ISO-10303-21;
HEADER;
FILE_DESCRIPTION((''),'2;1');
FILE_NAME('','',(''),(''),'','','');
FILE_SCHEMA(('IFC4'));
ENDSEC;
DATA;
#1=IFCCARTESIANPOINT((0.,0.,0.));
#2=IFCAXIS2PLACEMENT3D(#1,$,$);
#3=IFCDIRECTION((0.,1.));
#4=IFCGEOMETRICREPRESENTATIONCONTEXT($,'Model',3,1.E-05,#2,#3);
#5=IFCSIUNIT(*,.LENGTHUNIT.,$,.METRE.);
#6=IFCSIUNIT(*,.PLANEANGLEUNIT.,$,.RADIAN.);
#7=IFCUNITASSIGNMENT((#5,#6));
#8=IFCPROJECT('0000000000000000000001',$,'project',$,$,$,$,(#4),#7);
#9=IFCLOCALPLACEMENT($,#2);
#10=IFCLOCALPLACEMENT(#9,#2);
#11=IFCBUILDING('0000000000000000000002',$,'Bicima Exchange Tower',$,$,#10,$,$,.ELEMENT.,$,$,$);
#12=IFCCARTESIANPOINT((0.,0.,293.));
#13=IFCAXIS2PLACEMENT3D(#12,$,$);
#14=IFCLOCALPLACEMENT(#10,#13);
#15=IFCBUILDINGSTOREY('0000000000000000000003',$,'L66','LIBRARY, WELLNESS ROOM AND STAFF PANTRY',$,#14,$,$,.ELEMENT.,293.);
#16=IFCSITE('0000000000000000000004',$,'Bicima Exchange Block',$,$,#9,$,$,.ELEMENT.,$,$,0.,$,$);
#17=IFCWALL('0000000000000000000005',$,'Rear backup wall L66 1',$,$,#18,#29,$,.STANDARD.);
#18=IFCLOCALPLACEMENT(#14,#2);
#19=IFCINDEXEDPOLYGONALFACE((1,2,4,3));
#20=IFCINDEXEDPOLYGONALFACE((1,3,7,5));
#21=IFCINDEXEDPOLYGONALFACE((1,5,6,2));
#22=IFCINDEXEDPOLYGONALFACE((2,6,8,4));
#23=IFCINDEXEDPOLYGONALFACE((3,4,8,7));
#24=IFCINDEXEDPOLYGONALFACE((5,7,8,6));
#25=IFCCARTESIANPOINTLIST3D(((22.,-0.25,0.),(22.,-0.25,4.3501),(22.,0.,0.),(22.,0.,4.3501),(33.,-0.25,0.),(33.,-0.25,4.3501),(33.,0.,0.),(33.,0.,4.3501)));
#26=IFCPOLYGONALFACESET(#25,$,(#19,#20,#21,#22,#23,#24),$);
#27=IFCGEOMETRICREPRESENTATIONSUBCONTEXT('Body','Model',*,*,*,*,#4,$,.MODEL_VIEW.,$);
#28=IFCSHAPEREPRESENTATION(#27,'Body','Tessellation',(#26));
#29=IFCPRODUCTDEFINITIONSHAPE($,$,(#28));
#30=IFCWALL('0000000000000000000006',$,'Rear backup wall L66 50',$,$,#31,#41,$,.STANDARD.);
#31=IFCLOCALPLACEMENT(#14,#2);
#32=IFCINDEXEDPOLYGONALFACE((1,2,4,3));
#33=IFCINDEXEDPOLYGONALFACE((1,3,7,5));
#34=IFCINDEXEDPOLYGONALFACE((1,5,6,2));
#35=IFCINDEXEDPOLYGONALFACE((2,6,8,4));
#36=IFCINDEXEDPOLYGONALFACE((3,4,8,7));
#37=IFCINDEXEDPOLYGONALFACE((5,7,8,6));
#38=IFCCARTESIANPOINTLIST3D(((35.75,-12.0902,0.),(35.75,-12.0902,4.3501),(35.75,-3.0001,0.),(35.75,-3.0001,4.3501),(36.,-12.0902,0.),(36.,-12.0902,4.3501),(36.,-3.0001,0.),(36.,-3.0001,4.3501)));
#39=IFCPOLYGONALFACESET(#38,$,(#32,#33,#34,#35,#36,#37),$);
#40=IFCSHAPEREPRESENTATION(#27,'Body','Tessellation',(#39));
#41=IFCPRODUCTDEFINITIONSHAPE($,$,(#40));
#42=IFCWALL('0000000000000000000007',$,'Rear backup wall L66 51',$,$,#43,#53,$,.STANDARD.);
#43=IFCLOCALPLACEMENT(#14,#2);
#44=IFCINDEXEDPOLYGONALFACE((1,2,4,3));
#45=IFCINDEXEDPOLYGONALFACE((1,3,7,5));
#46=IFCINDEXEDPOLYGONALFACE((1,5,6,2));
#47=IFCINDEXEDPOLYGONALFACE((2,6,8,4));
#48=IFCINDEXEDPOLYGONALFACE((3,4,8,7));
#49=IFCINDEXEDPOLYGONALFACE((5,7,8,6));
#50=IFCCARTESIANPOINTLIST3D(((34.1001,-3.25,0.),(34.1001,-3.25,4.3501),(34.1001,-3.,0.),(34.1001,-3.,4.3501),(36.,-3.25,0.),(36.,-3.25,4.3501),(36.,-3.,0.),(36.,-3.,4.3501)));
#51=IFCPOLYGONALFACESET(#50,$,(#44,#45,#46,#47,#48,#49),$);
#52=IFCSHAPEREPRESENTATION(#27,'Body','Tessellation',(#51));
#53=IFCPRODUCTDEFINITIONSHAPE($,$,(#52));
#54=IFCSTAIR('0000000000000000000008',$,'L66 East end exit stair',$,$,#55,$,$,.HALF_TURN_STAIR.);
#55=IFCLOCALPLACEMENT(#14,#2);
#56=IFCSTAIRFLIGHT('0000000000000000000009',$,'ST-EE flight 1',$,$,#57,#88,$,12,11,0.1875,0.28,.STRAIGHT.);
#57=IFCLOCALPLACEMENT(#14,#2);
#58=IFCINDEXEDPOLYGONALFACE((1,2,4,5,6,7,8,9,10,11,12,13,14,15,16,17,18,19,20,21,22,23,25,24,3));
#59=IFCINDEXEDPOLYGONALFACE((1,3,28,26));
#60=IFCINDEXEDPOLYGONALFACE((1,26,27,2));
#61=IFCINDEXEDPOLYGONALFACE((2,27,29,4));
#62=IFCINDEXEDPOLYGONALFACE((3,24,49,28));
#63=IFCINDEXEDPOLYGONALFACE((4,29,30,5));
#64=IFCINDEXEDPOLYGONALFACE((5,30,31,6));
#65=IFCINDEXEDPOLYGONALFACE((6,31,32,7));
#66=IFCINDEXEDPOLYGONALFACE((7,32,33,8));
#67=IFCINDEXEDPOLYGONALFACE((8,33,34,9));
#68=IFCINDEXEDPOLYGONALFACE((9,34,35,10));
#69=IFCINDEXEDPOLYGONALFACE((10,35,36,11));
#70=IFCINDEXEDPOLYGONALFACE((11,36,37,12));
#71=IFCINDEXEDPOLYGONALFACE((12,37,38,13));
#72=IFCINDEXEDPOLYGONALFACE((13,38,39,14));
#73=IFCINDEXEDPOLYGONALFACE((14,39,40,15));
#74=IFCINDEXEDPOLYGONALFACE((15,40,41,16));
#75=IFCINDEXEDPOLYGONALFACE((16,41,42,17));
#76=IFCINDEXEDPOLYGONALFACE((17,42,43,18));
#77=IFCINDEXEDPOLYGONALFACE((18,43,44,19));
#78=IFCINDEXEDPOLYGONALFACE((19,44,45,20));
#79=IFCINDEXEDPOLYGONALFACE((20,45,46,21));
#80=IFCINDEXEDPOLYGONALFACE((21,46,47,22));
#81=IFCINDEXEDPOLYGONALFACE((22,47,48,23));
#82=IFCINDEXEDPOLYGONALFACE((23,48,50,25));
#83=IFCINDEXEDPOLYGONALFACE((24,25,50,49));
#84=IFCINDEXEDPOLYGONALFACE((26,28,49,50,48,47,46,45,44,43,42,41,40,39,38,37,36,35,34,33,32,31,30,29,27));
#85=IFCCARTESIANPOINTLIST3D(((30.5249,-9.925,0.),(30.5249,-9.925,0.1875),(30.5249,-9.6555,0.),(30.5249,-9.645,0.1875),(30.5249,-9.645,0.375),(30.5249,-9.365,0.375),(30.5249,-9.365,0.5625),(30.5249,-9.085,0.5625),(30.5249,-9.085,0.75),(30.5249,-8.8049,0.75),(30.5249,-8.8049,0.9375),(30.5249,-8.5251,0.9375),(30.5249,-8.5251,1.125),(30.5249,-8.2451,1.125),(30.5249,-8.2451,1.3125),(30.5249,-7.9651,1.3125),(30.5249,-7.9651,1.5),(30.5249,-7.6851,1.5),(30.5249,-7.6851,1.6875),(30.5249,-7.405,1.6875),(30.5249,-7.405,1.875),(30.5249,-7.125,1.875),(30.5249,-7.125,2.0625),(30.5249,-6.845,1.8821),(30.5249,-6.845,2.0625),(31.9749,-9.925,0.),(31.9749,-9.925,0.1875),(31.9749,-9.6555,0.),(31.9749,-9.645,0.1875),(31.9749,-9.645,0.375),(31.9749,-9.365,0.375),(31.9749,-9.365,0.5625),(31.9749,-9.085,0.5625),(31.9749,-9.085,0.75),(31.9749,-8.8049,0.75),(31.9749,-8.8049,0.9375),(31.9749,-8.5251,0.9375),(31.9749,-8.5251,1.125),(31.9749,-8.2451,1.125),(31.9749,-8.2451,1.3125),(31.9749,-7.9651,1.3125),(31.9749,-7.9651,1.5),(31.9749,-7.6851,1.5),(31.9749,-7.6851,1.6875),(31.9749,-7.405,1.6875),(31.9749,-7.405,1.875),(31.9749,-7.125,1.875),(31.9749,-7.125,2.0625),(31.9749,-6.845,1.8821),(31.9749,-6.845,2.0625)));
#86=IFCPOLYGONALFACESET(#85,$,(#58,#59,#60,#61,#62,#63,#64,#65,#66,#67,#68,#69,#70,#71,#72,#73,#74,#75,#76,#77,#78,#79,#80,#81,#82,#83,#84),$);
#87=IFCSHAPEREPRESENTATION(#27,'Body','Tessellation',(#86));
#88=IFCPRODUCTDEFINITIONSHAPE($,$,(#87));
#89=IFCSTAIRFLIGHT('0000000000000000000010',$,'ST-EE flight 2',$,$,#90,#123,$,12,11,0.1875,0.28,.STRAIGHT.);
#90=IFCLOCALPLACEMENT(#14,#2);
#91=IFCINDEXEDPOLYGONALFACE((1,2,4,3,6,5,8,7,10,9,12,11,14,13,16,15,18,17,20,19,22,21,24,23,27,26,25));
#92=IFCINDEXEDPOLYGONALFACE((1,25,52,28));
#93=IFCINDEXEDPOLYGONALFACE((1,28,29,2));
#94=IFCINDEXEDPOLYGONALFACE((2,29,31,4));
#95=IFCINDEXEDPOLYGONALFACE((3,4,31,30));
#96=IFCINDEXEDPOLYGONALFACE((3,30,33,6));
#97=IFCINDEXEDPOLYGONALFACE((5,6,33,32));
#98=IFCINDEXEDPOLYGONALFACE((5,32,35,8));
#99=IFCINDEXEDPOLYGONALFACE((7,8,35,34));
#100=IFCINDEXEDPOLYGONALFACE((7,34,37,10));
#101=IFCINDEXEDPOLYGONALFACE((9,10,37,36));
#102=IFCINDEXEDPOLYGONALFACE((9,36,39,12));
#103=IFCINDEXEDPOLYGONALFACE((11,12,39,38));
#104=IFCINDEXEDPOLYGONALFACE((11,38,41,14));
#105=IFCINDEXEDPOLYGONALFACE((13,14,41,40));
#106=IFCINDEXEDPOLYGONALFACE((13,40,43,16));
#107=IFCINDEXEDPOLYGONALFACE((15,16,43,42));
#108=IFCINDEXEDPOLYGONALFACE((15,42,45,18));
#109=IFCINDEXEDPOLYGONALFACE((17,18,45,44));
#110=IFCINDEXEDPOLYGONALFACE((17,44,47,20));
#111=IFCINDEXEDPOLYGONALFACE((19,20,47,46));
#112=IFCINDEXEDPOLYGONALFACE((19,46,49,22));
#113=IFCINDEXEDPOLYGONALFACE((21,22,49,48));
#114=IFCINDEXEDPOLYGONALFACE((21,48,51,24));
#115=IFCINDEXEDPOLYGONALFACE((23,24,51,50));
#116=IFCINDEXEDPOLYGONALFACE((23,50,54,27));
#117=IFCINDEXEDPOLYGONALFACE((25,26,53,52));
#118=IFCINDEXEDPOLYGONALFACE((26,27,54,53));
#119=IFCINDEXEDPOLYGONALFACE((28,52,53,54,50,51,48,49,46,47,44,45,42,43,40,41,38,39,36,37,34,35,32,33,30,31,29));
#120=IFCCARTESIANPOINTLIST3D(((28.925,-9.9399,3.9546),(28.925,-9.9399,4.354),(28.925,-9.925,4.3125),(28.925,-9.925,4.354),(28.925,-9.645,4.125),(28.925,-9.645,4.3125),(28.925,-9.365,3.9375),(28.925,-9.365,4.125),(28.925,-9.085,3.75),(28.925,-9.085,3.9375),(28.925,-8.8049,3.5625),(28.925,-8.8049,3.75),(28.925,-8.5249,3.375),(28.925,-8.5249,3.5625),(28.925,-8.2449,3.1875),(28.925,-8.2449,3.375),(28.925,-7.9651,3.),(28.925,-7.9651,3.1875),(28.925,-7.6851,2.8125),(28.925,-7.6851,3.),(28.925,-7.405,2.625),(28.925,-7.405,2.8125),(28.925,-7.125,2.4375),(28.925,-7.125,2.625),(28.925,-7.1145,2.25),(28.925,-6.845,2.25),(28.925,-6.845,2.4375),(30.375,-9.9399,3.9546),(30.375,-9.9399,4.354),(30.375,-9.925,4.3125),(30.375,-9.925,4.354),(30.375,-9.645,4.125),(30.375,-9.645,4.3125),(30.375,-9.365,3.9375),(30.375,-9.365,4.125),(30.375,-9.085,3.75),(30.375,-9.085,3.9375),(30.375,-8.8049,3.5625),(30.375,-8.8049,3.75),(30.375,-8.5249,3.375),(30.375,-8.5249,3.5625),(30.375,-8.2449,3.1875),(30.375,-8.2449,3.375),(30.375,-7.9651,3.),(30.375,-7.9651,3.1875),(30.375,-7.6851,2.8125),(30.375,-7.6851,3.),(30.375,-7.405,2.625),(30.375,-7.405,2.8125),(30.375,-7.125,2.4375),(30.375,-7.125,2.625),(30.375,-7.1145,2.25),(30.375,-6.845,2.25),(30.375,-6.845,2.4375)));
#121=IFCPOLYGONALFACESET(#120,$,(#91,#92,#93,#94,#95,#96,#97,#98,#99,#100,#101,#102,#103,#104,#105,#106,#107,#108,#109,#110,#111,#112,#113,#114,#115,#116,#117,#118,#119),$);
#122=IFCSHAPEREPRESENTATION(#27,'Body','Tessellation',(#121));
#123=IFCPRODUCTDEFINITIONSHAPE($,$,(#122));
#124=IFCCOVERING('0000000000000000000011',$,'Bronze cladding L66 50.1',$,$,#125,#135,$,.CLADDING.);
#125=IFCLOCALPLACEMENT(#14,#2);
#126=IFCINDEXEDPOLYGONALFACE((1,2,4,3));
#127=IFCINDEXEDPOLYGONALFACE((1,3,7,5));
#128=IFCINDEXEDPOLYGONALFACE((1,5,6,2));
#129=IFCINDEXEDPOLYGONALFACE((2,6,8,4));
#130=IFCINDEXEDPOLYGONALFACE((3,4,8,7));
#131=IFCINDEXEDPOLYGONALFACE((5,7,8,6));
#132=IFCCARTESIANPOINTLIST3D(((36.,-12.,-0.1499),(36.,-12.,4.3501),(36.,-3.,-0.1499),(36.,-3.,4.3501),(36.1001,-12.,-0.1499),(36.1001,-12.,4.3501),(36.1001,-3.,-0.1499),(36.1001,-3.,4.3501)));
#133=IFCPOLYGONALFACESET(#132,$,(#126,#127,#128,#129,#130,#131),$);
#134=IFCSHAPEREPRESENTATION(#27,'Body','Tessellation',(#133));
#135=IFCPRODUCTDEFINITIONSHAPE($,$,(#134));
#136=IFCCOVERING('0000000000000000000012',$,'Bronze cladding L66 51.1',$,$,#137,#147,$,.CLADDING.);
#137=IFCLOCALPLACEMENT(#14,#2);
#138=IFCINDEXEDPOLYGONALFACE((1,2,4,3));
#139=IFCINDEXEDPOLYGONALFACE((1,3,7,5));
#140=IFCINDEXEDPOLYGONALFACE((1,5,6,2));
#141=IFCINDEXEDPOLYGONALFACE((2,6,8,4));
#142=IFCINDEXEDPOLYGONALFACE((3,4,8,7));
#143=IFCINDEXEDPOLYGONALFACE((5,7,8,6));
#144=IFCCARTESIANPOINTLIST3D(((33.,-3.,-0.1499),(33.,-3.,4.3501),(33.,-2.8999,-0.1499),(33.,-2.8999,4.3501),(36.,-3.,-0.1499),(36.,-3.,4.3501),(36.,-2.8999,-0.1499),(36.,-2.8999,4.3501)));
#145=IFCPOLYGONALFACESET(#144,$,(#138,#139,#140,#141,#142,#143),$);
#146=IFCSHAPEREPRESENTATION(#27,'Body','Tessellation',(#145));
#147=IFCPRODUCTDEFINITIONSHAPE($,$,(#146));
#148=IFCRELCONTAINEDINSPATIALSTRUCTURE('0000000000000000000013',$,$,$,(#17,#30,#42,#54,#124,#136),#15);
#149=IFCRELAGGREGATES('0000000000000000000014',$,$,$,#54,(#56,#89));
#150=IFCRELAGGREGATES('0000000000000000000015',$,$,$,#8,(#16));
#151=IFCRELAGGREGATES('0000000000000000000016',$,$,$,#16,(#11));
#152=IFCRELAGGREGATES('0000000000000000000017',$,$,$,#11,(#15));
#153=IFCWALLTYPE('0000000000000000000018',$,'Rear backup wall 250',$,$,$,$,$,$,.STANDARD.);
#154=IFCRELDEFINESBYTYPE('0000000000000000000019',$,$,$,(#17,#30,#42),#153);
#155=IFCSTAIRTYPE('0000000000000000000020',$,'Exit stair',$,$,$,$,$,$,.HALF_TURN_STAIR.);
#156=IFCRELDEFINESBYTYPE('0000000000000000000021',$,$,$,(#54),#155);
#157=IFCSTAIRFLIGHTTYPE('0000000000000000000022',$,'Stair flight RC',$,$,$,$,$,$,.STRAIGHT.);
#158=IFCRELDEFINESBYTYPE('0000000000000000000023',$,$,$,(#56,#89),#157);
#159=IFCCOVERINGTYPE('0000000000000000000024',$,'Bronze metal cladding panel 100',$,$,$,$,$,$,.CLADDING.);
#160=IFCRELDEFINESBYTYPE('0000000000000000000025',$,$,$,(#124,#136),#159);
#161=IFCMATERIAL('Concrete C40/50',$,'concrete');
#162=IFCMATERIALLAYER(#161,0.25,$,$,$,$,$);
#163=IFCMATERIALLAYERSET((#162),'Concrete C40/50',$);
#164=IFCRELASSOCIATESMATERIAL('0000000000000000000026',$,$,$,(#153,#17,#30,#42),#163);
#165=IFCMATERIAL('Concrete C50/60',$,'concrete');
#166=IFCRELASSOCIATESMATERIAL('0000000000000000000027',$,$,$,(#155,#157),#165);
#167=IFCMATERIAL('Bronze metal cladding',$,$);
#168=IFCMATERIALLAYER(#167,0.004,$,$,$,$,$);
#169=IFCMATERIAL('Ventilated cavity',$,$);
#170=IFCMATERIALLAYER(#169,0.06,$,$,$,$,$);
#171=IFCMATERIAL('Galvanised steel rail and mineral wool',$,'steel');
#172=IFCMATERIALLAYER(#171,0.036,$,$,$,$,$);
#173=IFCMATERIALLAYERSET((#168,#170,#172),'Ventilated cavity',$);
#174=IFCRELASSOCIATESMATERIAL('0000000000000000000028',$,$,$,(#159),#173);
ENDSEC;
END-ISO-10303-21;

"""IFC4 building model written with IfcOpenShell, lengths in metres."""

from ifc_helpers import new_model, si_unit, direction, frame, frame_2d, origin, origin_2d, place, context, subcontext, project, spatial, polyline, rectangle, outline, extrude, material, layer, layer_set, layer_usage, type_object, element, aggregate, save


model = new_model("IFC4")

# Units and contexts
model_context = context("Model", 3, precision=1e-05, world=origin(), true_north=direction((0.0, 1.0)))
body_context = subcontext(model_context, "Body", "Model", "MODEL_VIEW")
ifc_project = project(units=[si_unit("LENGTHUNIT", "METRE"), si_unit("PLANEANGLEUNIT", "RADIAN")], contexts=[model_context])

# Site, building, storey
site_placement = place(None, origin())
site = spatial("IfcSite", under=ifc_project, at=site_placement, Name="Bicima Exchange Block", CompositionType="ELEMENT", RefElevation=0.0)
building_placement = place(site_placement, origin())
building = spatial("IfcBuilding", under=site, at=building_placement, Name="Bicima Exchange Tower", CompositionType="ELEMENT")
storey_placement = place(building_placement, frame((0.0, 0.0, 293.0)))
storey = spatial("IfcBuildingStorey", under=building, at=storey_placement, Name="L66", Description="LIBRARY, WELLNESS ROOM AND STAFF PANTRY", CompositionType="ELEMENT", Elevation=293.0)

# Walls
ifc_material_1 = material(Name="Concrete C50/60", Category="concrete")
ifc_material_2 = material(Name="Concrete C40/50", Category="concrete")
ifc_layer_1 = layer(ifc_material_2, 0.25)
ifc_layer_set_1 = layer_set([ifc_layer_1], Name="Concrete C40/50")
ifc_layer_usage = layer_usage(ifc_layer_set_1, "AXIS2", "POSITIVE", -0.125)
wall_type_1 = type_object("IfcWallType", Name="Rear backup wall 250", PredefinedType="STANDARD", material=ifc_layer_set_1)
wall_1_placement = place(storey_placement, frame((33.0, -0.125, 0.0), z_axis=(0.0, 0.0, 1.0), x_axis=(-1.0, 0.0, 0.0)))
element("IfcWall", 1, at=wall_1_placement, inside=storey, type_object=wall_type_1, material=ifc_layer_usage, Name="Rear backup wall L66 1", PredefinedType="STANDARD", context=body_context, shape_type="SweptSolid", body=[
    extrude(rectangle(XDim=11.0, YDim=0.25, at=frame_2d((5.5, 0.0))), origin(), (0.0, 0.0, 1.0), 4.3501),
])
wall_2_placement = place(storey_placement, frame((35.875, -12.0901, 0.0), z_axis=(0.0, 0.0, 1.0), x_axis=(0.0, 1.0, 0.0)))
element("IfcWall", 2, at=wall_2_placement, inside=storey, type_object=wall_type_1, material=ifc_layer_usage, Name="Rear backup wall L66 50", PredefinedType="STANDARD", context=body_context, shape_type="SweptSolid", body=[
    extrude(rectangle(XDim=9.0901, YDim=0.25, at=frame_2d((4.5449, 0.0))), origin(), (0.0, 0.0, 1.0), 4.3501),
])
wall_3_placement = place(storey_placement, frame((36.0, -3.125, 0.0), z_axis=(0.0, 0.0, 1.0), x_axis=(-1.0, 0.0, 0.0)))
element("IfcWall", 3, at=wall_3_placement, inside=storey, type_object=wall_type_1, material=ifc_layer_usage, Name="Rear backup wall L66 51", PredefinedType="STANDARD", context=body_context, shape_type="SweptSolid", body=[
    extrude(rectangle(XDim=1.8999, YDim=0.25, at=frame_2d((0.95, 0.0))), origin(), (0.0, 0.0, 1.0), 4.3501),
])

# Stair, stair flights
stair_type = type_object("IfcStairType", Name="Exit stair", PredefinedType="HALF_TURN_STAIR", material=ifc_material_1)
stair_placement = place(storey_placement, origin())
stair = element("IfcStair", 4, at=stair_placement, inside=storey, type_object=stair_type, Name="L66 East end exit stair", PredefinedType="HALF_TURN_STAIR")
stair_flight_type = type_object("IfcStairFlightType", Name="Stair flight RC", PredefinedType="STRAIGHT", material=ifc_material_1)
stair_flight_1_placement = place(storey_placement, frame((31.25, -9.925, 0.0), z_axis=(0.0, 0.0, 1.0), x_axis=(0.0, 1.0, 0.0)))
stair_flight_1 = element("IfcStairFlight", 5, at=stair_flight_1_placement, type_object=stair_flight_type, Name="ST-EE flight 1", NumberOfRisers=12, NumberOfTreads=11, PredefinedType="STRAIGHT", RiserHeight=0.1875, TreadLength=0.28, context=body_context, shape_type="SweptSolid", body=[
    extrude(outline(polyline([(0.0, 0.0), (0.0, 0.1875), (0.28, 0.1875), (0.28, 0.375), (0.5601, 0.375), (0.5601, 0.5625), (0.8401, 0.5625), (0.8401, 0.75), (1.1201, 0.75), (1.1201, 0.9375), (1.3999, 0.9375), (1.3999, 1.125), (1.6799, 1.125), (1.6799, 1.3125), (1.96, 1.3125), (1.96, 1.5), (2.24, 1.5), (2.24, 1.6875), (2.52, 1.6875), (2.52, 1.875), (2.8, 1.875), (2.8, 2.0625), (3.0801, 2.0625), (3.0801, 2.25), (3.0801, 1.8821), (0.2695, 0.0), (0.0, 0.0)])), frame((0.0, 0.7251, 0.0), z_axis=(0.0, -1.0, 0.0), x_axis=(1.0, 0.0, 0.0)), (0.0, 0.0, 1.0), 1.45),
])
stair_flight_2_placement = place(storey_placement, frame((29.6499, -6.845, 2.25), z_axis=(0.0, 0.0, 1.0), x_axis=(0.0, -1.0, 0.0)))
stair_flight_2 = element("IfcStairFlight", 6, at=stair_flight_2_placement, type_object=stair_flight_type, Name="ST-EE flight 2", NumberOfRisers=12, NumberOfTreads=11, PredefinedType="STRAIGHT", RiserHeight=0.1875, TreadLength=0.28, context=body_context, shape_type="SweptSolid", body=[
    extrude(outline(polyline([(0.0, 0.0), (0.0, 0.1875), (0.28, 0.1875), (0.28, 0.375), (0.5601, 0.375), (0.5601, 0.5625), (0.8401, 0.5625), (0.8401, 0.75), (1.1201, 0.75), (1.1201, 0.9375), (1.3999, 0.9375), (1.3999, 1.125), (1.6799, 1.125), (1.6799, 1.3125), (1.96, 1.3125), (1.96, 1.5), (2.24, 1.5), (2.24, 1.6875), (2.52, 1.6875), (2.52, 1.875), (2.8, 1.875), (2.8, 2.0625), (3.0801, 2.0625), (3.0801, 2.104), (3.095, 2.104), (3.095, 1.7046), (0.2695, 0.0), (0.0, 0.0)])), frame((0.0, 0.7251, 0.0), z_axis=(0.0, -1.0, 0.0), x_axis=(1.0, 0.0, 0.0)), (0.0, 0.0, 1.0), 1.45),
])
aggregate(stair, [stair_flight_1, stair_flight_2])

# Coverings
ifc_material_3 = material(Name="Bronze metal cladding")
ifc_layer_2 = layer(ifc_material_3, 0.004)
ifc_material_4 = material(Name="Ventilated cavity")
ifc_layer_3 = layer(ifc_material_4, 0.06)
ifc_material_5 = material(Name="Galvanised steel rail and mineral wool", Category="steel")
ifc_layer_4 = layer(ifc_material_5, 0.036)
ifc_layer_set_2 = layer_set([ifc_layer_2, ifc_layer_3, ifc_layer_4], Name="Ventilated cavity")
covering_type = type_object("IfcCoveringType", Name="Bronze metal cladding panel 100", PredefinedType="CLADDING", material=ifc_layer_set_2)
covering_1_placement = place(storey_placement, frame((36.05, -7.5, -0.1499), z_axis=(0.0, 0.0, 1.0), x_axis=(0.0, 1.0, 0.0)))
element("IfcCovering", 7, at=covering_1_placement, inside=storey, type_object=covering_type, Name="Bronze cladding L66 50.1", PredefinedType="CLADDING", context=body_context, shape_type="SweptSolid", body=[
    extrude(rectangle(XDim=9.0, YDim=0.1001, at=origin_2d()), origin(), (0.0, 0.0, 1.0), 4.5),
])
covering_2_placement = place(storey_placement, frame((34.5, -2.95, -0.1499), z_axis=(0.0, 0.0, 1.0), x_axis=(-1.0, 0.0, 0.0)))
element("IfcCovering", 8, at=covering_2_placement, inside=storey, type_object=covering_type, Name="Bronze cladding L66 51.1", PredefinedType="CLADDING", context=body_context, shape_type="SweptSolid", body=[
    extrude(rectangle(XDim=3.0, YDim=0.1001, at=origin_2d()), origin(), (0.0, 0.0, 1.0), 4.5),
])

save(model, "model.ifc")
